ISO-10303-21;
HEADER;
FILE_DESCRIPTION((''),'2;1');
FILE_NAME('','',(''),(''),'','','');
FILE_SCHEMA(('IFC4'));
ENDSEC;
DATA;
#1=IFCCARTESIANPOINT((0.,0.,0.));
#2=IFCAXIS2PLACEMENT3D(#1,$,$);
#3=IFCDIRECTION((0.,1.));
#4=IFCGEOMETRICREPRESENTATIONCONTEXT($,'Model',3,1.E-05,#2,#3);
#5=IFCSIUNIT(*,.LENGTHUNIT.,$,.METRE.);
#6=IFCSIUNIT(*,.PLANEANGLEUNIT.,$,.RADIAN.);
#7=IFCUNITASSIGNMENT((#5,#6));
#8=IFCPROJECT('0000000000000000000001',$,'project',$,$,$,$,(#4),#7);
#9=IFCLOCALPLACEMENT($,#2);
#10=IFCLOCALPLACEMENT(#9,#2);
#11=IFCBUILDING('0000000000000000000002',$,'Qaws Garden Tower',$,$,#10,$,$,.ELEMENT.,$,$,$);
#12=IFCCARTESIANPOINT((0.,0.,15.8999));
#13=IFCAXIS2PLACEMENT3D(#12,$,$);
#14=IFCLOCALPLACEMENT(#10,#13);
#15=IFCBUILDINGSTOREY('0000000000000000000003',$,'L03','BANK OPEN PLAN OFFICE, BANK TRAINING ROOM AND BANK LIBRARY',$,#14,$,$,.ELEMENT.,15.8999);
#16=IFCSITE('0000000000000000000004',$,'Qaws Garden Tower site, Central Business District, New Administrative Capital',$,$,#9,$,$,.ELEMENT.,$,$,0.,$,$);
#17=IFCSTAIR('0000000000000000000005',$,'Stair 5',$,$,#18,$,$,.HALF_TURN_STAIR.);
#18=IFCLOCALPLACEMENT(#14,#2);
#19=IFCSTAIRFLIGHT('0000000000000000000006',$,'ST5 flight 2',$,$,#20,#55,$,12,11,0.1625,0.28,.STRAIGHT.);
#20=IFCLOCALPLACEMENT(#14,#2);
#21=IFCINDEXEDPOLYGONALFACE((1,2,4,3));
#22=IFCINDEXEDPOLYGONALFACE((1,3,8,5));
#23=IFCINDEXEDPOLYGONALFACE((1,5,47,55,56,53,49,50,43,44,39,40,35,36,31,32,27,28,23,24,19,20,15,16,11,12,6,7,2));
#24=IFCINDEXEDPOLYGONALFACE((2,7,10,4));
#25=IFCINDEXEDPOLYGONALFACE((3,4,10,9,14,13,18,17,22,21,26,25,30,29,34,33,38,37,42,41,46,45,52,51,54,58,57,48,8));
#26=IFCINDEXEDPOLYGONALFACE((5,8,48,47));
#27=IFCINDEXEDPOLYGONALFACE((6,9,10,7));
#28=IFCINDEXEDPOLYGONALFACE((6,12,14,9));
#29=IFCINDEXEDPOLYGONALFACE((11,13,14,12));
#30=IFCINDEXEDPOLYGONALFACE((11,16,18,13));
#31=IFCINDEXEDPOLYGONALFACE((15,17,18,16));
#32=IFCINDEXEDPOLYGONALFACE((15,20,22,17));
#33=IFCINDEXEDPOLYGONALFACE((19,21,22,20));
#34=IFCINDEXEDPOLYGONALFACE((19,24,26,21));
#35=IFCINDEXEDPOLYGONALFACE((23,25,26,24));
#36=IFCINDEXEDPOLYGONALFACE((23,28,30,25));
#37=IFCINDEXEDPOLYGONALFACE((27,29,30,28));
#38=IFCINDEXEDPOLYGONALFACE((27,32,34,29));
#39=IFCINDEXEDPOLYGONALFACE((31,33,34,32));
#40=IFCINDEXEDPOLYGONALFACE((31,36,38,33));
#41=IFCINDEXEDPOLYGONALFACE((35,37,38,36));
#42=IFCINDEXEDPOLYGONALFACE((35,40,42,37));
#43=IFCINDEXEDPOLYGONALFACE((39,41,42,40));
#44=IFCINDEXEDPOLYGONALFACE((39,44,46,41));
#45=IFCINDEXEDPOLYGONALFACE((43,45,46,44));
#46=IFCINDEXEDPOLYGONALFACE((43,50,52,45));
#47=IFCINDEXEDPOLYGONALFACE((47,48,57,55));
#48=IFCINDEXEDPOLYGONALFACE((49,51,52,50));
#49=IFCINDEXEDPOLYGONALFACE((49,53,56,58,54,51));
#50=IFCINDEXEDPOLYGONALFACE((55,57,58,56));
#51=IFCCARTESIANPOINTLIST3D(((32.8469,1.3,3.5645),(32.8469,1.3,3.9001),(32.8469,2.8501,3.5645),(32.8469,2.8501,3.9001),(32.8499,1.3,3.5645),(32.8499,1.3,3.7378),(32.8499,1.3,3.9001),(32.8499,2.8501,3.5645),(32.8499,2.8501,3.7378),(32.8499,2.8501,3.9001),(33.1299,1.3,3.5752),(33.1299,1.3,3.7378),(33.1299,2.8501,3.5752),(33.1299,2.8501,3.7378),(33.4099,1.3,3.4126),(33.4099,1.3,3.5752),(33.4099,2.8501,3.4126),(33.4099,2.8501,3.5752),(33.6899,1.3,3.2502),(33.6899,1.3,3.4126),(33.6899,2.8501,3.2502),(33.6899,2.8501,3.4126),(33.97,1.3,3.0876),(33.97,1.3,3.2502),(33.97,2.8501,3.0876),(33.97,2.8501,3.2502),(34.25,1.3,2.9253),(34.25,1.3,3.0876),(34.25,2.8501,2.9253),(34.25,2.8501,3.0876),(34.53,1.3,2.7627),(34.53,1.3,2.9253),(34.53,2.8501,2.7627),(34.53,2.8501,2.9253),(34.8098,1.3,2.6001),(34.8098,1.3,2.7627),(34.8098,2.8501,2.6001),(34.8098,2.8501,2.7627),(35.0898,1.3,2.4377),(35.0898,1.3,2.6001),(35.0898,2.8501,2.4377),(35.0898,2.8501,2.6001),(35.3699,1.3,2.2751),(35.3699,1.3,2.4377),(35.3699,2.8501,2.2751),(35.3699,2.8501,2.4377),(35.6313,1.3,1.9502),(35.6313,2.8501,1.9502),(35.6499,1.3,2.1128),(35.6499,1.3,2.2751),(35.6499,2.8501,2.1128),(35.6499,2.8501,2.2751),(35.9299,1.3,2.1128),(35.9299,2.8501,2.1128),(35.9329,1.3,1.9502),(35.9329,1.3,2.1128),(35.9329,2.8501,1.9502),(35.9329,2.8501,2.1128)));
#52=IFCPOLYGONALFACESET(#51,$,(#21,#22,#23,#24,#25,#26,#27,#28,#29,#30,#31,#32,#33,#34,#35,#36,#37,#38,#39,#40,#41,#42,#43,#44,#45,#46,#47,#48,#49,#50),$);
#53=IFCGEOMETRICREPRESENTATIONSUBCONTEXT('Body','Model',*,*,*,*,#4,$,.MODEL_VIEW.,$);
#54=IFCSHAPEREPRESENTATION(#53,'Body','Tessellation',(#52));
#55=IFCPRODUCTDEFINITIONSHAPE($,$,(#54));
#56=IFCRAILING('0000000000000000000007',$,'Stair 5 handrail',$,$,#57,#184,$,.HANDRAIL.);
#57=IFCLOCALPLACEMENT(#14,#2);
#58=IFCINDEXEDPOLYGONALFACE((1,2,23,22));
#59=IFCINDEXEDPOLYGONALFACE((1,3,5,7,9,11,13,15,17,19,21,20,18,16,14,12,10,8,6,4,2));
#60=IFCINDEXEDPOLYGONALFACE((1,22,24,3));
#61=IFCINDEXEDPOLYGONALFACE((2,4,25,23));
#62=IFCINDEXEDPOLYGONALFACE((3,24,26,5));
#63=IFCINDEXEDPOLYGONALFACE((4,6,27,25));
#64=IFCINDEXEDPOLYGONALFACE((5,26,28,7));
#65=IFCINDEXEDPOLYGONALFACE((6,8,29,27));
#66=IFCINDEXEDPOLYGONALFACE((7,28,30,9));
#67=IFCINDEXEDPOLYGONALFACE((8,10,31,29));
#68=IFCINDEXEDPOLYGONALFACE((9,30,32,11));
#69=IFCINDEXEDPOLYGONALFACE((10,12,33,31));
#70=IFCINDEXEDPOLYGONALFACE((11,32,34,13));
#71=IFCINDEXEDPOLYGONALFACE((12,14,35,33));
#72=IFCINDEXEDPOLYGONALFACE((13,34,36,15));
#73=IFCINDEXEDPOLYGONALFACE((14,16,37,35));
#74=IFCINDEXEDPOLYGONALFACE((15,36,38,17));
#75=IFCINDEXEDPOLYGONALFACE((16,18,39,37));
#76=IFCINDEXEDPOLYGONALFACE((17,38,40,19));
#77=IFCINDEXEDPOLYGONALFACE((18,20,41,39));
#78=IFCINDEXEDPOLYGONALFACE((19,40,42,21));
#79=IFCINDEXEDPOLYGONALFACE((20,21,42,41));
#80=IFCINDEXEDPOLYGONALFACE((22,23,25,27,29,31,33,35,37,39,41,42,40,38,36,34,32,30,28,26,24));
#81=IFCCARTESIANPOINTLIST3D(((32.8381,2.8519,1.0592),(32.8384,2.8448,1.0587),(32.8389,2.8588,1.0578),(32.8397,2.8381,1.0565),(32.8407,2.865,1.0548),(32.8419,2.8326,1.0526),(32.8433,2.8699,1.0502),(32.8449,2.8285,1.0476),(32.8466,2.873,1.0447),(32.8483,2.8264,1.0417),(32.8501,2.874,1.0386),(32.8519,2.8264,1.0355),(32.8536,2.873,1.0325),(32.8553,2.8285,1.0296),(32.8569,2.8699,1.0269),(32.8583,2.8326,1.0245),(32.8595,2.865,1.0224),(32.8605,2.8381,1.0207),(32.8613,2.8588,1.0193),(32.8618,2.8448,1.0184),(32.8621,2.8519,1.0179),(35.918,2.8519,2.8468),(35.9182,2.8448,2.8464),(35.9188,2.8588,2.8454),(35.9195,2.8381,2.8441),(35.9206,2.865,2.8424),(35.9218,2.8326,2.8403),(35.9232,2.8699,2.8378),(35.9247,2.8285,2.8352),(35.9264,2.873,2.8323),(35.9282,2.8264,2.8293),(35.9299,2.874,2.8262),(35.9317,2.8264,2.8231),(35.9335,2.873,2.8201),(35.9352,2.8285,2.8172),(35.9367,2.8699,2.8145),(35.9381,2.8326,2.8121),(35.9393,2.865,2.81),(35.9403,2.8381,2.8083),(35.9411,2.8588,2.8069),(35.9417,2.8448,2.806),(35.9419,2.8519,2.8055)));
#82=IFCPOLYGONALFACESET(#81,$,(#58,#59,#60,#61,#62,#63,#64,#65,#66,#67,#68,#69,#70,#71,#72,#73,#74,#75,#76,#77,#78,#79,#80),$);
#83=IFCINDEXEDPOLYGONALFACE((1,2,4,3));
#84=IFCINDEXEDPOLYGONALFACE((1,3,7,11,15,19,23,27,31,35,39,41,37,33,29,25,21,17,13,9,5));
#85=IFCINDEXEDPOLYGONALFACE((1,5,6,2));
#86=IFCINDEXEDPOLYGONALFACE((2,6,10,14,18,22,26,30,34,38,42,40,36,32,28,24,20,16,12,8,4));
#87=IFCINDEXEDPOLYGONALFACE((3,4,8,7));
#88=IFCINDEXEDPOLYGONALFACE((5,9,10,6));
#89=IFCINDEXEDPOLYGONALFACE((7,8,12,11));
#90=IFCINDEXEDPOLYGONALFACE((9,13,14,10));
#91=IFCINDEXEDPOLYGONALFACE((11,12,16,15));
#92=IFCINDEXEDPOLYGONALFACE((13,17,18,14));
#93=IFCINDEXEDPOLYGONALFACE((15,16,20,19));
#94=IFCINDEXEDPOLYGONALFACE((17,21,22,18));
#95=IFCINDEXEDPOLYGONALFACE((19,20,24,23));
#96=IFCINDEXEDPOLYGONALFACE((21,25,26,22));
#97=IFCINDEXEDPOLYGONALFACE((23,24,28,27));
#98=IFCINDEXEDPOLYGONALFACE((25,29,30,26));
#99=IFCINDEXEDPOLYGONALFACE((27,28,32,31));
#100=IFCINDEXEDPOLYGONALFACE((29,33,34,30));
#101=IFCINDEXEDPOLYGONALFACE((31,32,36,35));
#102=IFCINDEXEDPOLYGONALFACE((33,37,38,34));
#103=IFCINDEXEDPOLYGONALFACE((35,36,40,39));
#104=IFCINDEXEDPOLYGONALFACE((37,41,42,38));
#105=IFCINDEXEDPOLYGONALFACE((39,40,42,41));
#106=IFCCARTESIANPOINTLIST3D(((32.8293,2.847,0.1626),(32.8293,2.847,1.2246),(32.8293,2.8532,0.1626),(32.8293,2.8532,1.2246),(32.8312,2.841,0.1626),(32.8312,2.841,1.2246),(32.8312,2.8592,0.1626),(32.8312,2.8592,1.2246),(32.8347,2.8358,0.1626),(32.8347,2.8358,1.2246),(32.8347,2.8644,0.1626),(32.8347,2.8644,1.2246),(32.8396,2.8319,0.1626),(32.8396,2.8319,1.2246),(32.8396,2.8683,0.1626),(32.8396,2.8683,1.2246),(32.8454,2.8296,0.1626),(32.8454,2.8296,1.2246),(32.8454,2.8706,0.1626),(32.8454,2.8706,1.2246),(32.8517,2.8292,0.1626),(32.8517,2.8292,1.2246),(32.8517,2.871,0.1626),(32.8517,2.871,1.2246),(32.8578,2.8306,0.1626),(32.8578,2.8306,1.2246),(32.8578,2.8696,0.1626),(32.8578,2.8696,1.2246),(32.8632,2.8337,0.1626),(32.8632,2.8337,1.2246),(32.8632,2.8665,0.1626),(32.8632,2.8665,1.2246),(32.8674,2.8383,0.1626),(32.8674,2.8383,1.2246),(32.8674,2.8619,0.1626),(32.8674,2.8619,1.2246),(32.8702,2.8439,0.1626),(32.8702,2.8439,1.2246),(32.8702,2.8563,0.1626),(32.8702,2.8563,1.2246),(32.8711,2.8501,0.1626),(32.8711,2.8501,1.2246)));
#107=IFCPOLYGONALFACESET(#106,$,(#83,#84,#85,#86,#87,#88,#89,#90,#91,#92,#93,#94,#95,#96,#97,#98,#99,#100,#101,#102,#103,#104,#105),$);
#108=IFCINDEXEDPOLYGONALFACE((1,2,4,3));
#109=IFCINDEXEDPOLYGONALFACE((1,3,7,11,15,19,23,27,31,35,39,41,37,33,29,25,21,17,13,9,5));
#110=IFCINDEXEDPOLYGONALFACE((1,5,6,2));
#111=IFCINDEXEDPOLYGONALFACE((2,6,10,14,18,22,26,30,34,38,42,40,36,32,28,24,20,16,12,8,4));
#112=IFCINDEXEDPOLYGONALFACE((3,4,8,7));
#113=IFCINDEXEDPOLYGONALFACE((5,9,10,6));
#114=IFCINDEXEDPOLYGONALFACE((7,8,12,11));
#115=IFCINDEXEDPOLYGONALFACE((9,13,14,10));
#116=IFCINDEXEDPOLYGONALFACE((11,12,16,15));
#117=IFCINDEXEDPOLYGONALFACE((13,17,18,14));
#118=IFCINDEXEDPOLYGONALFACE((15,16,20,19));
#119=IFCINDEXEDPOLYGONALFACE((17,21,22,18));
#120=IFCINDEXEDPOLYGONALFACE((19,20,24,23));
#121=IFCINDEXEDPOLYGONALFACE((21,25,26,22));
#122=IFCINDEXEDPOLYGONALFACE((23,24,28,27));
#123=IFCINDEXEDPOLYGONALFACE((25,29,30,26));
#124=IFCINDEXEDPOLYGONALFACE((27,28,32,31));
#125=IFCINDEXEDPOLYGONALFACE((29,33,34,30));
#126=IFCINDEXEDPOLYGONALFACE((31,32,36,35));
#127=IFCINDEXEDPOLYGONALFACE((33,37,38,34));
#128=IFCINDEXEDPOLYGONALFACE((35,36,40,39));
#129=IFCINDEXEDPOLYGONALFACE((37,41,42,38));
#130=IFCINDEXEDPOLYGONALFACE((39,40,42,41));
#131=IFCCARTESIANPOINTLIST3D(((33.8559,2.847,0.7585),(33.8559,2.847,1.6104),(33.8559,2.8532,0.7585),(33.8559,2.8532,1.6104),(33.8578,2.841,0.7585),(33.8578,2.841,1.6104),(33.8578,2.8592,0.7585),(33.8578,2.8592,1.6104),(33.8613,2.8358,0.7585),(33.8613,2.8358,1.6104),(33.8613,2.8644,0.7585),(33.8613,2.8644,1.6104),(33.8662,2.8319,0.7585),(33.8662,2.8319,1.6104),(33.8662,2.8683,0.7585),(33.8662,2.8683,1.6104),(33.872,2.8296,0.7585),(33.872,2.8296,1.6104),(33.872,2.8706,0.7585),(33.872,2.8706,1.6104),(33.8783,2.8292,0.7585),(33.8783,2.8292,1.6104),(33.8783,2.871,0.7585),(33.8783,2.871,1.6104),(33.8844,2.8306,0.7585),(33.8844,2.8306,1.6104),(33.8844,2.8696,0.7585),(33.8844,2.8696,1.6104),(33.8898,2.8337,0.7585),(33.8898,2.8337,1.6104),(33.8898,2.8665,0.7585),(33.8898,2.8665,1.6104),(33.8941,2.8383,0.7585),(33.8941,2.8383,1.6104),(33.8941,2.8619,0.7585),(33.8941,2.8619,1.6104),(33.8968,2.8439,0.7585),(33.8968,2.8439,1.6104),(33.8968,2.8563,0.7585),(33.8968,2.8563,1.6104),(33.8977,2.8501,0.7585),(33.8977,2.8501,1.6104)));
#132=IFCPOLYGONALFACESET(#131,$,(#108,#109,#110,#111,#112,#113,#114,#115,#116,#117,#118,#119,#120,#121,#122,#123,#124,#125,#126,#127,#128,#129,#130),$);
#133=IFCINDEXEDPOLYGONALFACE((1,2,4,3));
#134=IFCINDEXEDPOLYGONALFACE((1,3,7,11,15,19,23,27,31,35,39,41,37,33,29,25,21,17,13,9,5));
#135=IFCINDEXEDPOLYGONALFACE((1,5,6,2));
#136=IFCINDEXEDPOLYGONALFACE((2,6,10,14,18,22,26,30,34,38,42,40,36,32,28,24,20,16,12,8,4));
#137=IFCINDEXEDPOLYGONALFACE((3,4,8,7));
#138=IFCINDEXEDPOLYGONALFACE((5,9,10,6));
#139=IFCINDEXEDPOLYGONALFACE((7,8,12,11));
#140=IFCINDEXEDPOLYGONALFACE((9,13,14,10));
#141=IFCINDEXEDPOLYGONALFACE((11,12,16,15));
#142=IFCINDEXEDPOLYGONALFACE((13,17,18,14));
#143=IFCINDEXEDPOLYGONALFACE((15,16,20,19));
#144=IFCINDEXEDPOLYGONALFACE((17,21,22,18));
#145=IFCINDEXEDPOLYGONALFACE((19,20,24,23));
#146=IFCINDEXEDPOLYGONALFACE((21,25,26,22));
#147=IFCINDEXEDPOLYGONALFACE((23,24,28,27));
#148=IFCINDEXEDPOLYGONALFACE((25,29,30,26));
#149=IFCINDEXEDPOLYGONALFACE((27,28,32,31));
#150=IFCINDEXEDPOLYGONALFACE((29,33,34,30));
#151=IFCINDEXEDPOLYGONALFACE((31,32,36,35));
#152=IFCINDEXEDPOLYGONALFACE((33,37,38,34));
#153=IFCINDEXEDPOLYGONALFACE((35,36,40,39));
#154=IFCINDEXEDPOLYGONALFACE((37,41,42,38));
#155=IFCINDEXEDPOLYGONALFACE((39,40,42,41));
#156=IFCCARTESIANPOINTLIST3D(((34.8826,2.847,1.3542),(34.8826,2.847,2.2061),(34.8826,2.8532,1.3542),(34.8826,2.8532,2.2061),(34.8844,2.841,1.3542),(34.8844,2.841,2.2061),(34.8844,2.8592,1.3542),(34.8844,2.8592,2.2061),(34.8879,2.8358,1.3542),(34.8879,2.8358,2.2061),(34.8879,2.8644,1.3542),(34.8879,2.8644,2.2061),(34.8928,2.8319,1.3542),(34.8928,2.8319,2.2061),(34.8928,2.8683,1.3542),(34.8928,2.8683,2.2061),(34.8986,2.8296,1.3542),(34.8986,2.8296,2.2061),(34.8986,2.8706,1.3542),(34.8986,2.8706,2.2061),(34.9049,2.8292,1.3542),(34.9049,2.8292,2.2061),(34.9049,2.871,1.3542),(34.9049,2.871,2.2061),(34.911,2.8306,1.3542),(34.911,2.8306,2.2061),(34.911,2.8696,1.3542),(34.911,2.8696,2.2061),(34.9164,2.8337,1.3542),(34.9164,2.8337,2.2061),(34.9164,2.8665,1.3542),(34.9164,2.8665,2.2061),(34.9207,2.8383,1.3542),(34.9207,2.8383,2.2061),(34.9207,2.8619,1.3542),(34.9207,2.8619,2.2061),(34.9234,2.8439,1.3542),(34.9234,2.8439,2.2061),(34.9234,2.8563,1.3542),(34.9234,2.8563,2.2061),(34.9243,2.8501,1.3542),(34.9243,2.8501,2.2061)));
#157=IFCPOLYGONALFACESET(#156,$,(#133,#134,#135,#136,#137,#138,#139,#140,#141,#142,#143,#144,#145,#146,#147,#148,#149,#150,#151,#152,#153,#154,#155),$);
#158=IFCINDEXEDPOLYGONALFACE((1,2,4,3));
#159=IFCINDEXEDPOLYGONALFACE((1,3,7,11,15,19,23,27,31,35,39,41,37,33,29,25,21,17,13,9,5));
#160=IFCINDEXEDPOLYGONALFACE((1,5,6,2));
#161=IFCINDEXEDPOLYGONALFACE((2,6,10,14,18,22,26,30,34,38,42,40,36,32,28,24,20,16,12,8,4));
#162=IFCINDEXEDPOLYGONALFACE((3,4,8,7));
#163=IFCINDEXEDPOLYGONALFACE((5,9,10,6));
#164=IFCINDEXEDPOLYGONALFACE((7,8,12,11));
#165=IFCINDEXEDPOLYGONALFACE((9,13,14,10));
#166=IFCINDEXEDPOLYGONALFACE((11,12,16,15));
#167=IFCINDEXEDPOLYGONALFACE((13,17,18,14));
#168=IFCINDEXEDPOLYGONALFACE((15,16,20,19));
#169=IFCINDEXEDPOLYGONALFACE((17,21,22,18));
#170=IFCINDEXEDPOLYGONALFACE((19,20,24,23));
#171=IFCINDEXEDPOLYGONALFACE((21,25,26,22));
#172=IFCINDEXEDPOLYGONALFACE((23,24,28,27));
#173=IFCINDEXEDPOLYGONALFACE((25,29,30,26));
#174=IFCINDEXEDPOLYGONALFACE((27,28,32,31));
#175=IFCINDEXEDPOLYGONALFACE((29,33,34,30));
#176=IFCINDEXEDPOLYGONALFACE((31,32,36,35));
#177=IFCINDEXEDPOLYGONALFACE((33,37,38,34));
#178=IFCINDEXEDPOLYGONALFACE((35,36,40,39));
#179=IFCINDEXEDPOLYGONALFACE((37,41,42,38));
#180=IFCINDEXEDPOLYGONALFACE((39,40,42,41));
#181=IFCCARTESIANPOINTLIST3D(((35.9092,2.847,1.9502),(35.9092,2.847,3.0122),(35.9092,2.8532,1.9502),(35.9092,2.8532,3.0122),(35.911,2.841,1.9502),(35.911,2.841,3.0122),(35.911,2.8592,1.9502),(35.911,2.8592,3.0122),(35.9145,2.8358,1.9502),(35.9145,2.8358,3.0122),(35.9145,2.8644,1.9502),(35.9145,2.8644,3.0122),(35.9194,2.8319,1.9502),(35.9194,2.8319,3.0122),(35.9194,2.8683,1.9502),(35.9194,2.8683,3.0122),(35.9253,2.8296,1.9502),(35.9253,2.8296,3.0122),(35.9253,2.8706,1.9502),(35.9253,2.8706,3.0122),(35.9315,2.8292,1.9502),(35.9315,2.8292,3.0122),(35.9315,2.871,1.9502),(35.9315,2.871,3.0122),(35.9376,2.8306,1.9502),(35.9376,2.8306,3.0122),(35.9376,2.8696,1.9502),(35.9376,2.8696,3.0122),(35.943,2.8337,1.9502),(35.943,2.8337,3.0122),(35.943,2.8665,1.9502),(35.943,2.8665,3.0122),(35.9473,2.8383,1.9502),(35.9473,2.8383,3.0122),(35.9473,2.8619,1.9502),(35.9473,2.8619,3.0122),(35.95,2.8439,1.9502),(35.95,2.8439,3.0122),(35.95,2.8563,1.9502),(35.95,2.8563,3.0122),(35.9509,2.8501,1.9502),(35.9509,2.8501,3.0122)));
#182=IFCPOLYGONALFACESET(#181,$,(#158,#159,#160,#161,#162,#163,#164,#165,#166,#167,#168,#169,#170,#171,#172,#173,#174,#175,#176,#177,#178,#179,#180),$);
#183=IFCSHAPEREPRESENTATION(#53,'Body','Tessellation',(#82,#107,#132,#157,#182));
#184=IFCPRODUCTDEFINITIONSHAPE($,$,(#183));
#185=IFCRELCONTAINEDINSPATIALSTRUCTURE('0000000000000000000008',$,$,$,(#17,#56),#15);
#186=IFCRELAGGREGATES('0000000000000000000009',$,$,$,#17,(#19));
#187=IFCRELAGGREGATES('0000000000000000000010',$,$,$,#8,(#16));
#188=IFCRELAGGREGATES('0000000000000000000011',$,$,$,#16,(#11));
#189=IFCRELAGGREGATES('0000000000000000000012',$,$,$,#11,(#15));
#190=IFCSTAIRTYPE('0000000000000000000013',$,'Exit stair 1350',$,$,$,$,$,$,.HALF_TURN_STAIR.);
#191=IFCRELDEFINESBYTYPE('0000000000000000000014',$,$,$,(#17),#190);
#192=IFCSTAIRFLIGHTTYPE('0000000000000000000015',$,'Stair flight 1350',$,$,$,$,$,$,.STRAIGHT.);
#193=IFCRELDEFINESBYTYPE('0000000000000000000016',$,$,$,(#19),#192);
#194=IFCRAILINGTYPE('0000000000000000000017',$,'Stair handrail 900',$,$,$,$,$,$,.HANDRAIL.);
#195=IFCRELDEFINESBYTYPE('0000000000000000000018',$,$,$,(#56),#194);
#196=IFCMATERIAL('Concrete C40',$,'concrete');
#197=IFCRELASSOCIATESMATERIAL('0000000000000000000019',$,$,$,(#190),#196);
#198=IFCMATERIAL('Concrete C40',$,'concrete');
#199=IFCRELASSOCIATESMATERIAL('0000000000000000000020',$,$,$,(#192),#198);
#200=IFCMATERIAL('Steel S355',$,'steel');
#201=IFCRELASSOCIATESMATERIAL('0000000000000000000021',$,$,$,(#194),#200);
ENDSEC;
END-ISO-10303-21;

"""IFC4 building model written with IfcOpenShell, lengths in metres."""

from ifc_helpers import new_model, si_unit, direction, frame, origin, origin_2d, place, context, subcontext, project, spatial, polyline, circle, outline, extrude, material, type_object, element, aggregate, save


model = new_model("IFC4")

# Units and contexts
model_context = context("Model", 3, precision=1e-05, world=origin(), true_north=direction((0.0, 1.0)))
body_context = subcontext(model_context, "Body", "Model", "MODEL_VIEW")
ifc_project = project(units=[si_unit("LENGTHUNIT", "METRE"), si_unit("PLANEANGLEUNIT", "RADIAN")], contexts=[model_context])

# Site, building, storey
site_placement = place(None, origin())
site = spatial("IfcSite", under=ifc_project, at=site_placement, Name="Qaws Garden Tower site, Central Business District, New Administrative Capital", CompositionType="ELEMENT", RefElevation=0.0)
building_placement = place(site_placement, origin())
building = spatial("IfcBuilding", under=site, at=building_placement, Name="Qaws Garden Tower", CompositionType="ELEMENT")
storey_placement = place(building_placement, frame((0.0, 0.0, 15.8999)))
storey = spatial("IfcBuildingStorey", under=building, at=storey_placement, Name="L03", Description="BANK OPEN PLAN OFFICE, BANK TRAINING ROOM AND BANK LIBRARY", CompositionType="ELEMENT", Elevation=15.8999)

# Stair, stair flight
ifc_material_1 = material(Name="Concrete C40", Category="concrete")
stair_type = type_object("IfcStairType", Name="Exit stair 1350", PredefinedType="HALF_TURN_STAIR", material=ifc_material_1)
stair_placement = place(storey_placement, origin())
stair = element("IfcStair", 1, at=stair_placement, inside=storey, type_object=stair_type, Name="Stair 5", PredefinedType="HALF_TURN_STAIR")
ifc_material_2 = material(Name="Concrete C40", Category="concrete")
stair_flight_type = type_object("IfcStairFlightType", Name="Stair flight 1350", PredefinedType="STRAIGHT", material=ifc_material_2)
stair_flight_1_placement = place(storey_placement, frame((35.9299, 2.075, 1.9502), z_axis=(0.0, 0.0, 1.0), x_axis=(-1.0, 0.0, 0.0)))
stair_flight_1 = element("IfcStairFlight", 2, at=stair_flight_1_placement, type_object=stair_flight_type, Name="ST5 flight 2", NumberOfRisers=12, NumberOfTreads=11, PredefinedType="STRAIGHT", RiserHeight=0.1625, TreadLength=0.28, context=body_context, shape_type="SweptSolid", body=[
    extrude(outline(polyline([(-0.0029, 0.0), (-0.0029, 0.1626), (0.0, 0.1626), (0.28, 0.1626), (0.28, 0.325), (0.5601, 0.325), (0.5601, 0.4875), (0.8401, 0.4875), (0.8401, 0.6499), (1.1201, 0.6499), (1.1201, 0.8125), (1.3999, 0.8125), (1.3999, 0.9751), (1.6799, 0.9751), (1.6799, 1.1375), (1.96, 1.1375), (1.96, 1.3), (2.24, 1.3), (2.24, 1.4624), (2.52, 1.4624), (2.52, 1.625), (2.8, 1.625), (2.8, 1.7876), (3.0801, 1.7876), (3.0801, 1.95), (3.083, 1.95), (3.083, 1.6143), (3.0801, 1.6143), (0.2986, 0.0), (-0.0029, 0.0)])), frame((0.0, 0.7749, 0.0), z_axis=(0.0, -1.0, 0.0), x_axis=(1.0, 0.0, 0.0)), (0.0, 0.0, 1.0), 1.55),
])
aggregate(stair, [stair_flight_1])

# Railing
ifc_material_3 = material(Name="Steel S355", Category="steel")
railing_type = type_object("IfcRailingType", Name="Stair handrail 900", PredefinedType="HANDRAIL", material=ifc_material_3)
railing_1_placement = place(storey_placement, frame((32.8501, 2.8501, 0.1626)))
element("IfcRailing", 3, at=railing_1_placement, inside=storey, type_object=railing_type, Name="Stair 5 handrail", PredefinedType="HANDRAIL", context=body_context, shape_type="SweptSolid", body=[
    extrude(circle(Radius=0.0239, at=origin_2d()), frame((0.0, 0.0, 0.876), z_axis=(0.864873, 0.0, 0.50199), x_axis=(0.0, 1.0, 0.0)), (0.0, 0.0, 1.0), 3.561),
    extrude(circle(Radius=0.021, at=origin_2d()), origin(), (0.0, 0.0, 1.0), 1.062),
    extrude(circle(Radius=0.021, at=origin_2d()), frame((1.0266, 0.0, 0.5959)), (0.0, 0.0, 1.0), 0.8518),
    extrude(circle(Radius=0.021, at=origin_2d()), frame((2.0532, 0.0, 1.1917)), (0.0, 0.0, 1.0), 0.8518),
    extrude(circle(Radius=0.021, at=origin_2d()), frame((3.0798, 0.0, 1.7876)), (0.0, 0.0, 1.0), 1.062),
])

save(model, "model.ifc")
